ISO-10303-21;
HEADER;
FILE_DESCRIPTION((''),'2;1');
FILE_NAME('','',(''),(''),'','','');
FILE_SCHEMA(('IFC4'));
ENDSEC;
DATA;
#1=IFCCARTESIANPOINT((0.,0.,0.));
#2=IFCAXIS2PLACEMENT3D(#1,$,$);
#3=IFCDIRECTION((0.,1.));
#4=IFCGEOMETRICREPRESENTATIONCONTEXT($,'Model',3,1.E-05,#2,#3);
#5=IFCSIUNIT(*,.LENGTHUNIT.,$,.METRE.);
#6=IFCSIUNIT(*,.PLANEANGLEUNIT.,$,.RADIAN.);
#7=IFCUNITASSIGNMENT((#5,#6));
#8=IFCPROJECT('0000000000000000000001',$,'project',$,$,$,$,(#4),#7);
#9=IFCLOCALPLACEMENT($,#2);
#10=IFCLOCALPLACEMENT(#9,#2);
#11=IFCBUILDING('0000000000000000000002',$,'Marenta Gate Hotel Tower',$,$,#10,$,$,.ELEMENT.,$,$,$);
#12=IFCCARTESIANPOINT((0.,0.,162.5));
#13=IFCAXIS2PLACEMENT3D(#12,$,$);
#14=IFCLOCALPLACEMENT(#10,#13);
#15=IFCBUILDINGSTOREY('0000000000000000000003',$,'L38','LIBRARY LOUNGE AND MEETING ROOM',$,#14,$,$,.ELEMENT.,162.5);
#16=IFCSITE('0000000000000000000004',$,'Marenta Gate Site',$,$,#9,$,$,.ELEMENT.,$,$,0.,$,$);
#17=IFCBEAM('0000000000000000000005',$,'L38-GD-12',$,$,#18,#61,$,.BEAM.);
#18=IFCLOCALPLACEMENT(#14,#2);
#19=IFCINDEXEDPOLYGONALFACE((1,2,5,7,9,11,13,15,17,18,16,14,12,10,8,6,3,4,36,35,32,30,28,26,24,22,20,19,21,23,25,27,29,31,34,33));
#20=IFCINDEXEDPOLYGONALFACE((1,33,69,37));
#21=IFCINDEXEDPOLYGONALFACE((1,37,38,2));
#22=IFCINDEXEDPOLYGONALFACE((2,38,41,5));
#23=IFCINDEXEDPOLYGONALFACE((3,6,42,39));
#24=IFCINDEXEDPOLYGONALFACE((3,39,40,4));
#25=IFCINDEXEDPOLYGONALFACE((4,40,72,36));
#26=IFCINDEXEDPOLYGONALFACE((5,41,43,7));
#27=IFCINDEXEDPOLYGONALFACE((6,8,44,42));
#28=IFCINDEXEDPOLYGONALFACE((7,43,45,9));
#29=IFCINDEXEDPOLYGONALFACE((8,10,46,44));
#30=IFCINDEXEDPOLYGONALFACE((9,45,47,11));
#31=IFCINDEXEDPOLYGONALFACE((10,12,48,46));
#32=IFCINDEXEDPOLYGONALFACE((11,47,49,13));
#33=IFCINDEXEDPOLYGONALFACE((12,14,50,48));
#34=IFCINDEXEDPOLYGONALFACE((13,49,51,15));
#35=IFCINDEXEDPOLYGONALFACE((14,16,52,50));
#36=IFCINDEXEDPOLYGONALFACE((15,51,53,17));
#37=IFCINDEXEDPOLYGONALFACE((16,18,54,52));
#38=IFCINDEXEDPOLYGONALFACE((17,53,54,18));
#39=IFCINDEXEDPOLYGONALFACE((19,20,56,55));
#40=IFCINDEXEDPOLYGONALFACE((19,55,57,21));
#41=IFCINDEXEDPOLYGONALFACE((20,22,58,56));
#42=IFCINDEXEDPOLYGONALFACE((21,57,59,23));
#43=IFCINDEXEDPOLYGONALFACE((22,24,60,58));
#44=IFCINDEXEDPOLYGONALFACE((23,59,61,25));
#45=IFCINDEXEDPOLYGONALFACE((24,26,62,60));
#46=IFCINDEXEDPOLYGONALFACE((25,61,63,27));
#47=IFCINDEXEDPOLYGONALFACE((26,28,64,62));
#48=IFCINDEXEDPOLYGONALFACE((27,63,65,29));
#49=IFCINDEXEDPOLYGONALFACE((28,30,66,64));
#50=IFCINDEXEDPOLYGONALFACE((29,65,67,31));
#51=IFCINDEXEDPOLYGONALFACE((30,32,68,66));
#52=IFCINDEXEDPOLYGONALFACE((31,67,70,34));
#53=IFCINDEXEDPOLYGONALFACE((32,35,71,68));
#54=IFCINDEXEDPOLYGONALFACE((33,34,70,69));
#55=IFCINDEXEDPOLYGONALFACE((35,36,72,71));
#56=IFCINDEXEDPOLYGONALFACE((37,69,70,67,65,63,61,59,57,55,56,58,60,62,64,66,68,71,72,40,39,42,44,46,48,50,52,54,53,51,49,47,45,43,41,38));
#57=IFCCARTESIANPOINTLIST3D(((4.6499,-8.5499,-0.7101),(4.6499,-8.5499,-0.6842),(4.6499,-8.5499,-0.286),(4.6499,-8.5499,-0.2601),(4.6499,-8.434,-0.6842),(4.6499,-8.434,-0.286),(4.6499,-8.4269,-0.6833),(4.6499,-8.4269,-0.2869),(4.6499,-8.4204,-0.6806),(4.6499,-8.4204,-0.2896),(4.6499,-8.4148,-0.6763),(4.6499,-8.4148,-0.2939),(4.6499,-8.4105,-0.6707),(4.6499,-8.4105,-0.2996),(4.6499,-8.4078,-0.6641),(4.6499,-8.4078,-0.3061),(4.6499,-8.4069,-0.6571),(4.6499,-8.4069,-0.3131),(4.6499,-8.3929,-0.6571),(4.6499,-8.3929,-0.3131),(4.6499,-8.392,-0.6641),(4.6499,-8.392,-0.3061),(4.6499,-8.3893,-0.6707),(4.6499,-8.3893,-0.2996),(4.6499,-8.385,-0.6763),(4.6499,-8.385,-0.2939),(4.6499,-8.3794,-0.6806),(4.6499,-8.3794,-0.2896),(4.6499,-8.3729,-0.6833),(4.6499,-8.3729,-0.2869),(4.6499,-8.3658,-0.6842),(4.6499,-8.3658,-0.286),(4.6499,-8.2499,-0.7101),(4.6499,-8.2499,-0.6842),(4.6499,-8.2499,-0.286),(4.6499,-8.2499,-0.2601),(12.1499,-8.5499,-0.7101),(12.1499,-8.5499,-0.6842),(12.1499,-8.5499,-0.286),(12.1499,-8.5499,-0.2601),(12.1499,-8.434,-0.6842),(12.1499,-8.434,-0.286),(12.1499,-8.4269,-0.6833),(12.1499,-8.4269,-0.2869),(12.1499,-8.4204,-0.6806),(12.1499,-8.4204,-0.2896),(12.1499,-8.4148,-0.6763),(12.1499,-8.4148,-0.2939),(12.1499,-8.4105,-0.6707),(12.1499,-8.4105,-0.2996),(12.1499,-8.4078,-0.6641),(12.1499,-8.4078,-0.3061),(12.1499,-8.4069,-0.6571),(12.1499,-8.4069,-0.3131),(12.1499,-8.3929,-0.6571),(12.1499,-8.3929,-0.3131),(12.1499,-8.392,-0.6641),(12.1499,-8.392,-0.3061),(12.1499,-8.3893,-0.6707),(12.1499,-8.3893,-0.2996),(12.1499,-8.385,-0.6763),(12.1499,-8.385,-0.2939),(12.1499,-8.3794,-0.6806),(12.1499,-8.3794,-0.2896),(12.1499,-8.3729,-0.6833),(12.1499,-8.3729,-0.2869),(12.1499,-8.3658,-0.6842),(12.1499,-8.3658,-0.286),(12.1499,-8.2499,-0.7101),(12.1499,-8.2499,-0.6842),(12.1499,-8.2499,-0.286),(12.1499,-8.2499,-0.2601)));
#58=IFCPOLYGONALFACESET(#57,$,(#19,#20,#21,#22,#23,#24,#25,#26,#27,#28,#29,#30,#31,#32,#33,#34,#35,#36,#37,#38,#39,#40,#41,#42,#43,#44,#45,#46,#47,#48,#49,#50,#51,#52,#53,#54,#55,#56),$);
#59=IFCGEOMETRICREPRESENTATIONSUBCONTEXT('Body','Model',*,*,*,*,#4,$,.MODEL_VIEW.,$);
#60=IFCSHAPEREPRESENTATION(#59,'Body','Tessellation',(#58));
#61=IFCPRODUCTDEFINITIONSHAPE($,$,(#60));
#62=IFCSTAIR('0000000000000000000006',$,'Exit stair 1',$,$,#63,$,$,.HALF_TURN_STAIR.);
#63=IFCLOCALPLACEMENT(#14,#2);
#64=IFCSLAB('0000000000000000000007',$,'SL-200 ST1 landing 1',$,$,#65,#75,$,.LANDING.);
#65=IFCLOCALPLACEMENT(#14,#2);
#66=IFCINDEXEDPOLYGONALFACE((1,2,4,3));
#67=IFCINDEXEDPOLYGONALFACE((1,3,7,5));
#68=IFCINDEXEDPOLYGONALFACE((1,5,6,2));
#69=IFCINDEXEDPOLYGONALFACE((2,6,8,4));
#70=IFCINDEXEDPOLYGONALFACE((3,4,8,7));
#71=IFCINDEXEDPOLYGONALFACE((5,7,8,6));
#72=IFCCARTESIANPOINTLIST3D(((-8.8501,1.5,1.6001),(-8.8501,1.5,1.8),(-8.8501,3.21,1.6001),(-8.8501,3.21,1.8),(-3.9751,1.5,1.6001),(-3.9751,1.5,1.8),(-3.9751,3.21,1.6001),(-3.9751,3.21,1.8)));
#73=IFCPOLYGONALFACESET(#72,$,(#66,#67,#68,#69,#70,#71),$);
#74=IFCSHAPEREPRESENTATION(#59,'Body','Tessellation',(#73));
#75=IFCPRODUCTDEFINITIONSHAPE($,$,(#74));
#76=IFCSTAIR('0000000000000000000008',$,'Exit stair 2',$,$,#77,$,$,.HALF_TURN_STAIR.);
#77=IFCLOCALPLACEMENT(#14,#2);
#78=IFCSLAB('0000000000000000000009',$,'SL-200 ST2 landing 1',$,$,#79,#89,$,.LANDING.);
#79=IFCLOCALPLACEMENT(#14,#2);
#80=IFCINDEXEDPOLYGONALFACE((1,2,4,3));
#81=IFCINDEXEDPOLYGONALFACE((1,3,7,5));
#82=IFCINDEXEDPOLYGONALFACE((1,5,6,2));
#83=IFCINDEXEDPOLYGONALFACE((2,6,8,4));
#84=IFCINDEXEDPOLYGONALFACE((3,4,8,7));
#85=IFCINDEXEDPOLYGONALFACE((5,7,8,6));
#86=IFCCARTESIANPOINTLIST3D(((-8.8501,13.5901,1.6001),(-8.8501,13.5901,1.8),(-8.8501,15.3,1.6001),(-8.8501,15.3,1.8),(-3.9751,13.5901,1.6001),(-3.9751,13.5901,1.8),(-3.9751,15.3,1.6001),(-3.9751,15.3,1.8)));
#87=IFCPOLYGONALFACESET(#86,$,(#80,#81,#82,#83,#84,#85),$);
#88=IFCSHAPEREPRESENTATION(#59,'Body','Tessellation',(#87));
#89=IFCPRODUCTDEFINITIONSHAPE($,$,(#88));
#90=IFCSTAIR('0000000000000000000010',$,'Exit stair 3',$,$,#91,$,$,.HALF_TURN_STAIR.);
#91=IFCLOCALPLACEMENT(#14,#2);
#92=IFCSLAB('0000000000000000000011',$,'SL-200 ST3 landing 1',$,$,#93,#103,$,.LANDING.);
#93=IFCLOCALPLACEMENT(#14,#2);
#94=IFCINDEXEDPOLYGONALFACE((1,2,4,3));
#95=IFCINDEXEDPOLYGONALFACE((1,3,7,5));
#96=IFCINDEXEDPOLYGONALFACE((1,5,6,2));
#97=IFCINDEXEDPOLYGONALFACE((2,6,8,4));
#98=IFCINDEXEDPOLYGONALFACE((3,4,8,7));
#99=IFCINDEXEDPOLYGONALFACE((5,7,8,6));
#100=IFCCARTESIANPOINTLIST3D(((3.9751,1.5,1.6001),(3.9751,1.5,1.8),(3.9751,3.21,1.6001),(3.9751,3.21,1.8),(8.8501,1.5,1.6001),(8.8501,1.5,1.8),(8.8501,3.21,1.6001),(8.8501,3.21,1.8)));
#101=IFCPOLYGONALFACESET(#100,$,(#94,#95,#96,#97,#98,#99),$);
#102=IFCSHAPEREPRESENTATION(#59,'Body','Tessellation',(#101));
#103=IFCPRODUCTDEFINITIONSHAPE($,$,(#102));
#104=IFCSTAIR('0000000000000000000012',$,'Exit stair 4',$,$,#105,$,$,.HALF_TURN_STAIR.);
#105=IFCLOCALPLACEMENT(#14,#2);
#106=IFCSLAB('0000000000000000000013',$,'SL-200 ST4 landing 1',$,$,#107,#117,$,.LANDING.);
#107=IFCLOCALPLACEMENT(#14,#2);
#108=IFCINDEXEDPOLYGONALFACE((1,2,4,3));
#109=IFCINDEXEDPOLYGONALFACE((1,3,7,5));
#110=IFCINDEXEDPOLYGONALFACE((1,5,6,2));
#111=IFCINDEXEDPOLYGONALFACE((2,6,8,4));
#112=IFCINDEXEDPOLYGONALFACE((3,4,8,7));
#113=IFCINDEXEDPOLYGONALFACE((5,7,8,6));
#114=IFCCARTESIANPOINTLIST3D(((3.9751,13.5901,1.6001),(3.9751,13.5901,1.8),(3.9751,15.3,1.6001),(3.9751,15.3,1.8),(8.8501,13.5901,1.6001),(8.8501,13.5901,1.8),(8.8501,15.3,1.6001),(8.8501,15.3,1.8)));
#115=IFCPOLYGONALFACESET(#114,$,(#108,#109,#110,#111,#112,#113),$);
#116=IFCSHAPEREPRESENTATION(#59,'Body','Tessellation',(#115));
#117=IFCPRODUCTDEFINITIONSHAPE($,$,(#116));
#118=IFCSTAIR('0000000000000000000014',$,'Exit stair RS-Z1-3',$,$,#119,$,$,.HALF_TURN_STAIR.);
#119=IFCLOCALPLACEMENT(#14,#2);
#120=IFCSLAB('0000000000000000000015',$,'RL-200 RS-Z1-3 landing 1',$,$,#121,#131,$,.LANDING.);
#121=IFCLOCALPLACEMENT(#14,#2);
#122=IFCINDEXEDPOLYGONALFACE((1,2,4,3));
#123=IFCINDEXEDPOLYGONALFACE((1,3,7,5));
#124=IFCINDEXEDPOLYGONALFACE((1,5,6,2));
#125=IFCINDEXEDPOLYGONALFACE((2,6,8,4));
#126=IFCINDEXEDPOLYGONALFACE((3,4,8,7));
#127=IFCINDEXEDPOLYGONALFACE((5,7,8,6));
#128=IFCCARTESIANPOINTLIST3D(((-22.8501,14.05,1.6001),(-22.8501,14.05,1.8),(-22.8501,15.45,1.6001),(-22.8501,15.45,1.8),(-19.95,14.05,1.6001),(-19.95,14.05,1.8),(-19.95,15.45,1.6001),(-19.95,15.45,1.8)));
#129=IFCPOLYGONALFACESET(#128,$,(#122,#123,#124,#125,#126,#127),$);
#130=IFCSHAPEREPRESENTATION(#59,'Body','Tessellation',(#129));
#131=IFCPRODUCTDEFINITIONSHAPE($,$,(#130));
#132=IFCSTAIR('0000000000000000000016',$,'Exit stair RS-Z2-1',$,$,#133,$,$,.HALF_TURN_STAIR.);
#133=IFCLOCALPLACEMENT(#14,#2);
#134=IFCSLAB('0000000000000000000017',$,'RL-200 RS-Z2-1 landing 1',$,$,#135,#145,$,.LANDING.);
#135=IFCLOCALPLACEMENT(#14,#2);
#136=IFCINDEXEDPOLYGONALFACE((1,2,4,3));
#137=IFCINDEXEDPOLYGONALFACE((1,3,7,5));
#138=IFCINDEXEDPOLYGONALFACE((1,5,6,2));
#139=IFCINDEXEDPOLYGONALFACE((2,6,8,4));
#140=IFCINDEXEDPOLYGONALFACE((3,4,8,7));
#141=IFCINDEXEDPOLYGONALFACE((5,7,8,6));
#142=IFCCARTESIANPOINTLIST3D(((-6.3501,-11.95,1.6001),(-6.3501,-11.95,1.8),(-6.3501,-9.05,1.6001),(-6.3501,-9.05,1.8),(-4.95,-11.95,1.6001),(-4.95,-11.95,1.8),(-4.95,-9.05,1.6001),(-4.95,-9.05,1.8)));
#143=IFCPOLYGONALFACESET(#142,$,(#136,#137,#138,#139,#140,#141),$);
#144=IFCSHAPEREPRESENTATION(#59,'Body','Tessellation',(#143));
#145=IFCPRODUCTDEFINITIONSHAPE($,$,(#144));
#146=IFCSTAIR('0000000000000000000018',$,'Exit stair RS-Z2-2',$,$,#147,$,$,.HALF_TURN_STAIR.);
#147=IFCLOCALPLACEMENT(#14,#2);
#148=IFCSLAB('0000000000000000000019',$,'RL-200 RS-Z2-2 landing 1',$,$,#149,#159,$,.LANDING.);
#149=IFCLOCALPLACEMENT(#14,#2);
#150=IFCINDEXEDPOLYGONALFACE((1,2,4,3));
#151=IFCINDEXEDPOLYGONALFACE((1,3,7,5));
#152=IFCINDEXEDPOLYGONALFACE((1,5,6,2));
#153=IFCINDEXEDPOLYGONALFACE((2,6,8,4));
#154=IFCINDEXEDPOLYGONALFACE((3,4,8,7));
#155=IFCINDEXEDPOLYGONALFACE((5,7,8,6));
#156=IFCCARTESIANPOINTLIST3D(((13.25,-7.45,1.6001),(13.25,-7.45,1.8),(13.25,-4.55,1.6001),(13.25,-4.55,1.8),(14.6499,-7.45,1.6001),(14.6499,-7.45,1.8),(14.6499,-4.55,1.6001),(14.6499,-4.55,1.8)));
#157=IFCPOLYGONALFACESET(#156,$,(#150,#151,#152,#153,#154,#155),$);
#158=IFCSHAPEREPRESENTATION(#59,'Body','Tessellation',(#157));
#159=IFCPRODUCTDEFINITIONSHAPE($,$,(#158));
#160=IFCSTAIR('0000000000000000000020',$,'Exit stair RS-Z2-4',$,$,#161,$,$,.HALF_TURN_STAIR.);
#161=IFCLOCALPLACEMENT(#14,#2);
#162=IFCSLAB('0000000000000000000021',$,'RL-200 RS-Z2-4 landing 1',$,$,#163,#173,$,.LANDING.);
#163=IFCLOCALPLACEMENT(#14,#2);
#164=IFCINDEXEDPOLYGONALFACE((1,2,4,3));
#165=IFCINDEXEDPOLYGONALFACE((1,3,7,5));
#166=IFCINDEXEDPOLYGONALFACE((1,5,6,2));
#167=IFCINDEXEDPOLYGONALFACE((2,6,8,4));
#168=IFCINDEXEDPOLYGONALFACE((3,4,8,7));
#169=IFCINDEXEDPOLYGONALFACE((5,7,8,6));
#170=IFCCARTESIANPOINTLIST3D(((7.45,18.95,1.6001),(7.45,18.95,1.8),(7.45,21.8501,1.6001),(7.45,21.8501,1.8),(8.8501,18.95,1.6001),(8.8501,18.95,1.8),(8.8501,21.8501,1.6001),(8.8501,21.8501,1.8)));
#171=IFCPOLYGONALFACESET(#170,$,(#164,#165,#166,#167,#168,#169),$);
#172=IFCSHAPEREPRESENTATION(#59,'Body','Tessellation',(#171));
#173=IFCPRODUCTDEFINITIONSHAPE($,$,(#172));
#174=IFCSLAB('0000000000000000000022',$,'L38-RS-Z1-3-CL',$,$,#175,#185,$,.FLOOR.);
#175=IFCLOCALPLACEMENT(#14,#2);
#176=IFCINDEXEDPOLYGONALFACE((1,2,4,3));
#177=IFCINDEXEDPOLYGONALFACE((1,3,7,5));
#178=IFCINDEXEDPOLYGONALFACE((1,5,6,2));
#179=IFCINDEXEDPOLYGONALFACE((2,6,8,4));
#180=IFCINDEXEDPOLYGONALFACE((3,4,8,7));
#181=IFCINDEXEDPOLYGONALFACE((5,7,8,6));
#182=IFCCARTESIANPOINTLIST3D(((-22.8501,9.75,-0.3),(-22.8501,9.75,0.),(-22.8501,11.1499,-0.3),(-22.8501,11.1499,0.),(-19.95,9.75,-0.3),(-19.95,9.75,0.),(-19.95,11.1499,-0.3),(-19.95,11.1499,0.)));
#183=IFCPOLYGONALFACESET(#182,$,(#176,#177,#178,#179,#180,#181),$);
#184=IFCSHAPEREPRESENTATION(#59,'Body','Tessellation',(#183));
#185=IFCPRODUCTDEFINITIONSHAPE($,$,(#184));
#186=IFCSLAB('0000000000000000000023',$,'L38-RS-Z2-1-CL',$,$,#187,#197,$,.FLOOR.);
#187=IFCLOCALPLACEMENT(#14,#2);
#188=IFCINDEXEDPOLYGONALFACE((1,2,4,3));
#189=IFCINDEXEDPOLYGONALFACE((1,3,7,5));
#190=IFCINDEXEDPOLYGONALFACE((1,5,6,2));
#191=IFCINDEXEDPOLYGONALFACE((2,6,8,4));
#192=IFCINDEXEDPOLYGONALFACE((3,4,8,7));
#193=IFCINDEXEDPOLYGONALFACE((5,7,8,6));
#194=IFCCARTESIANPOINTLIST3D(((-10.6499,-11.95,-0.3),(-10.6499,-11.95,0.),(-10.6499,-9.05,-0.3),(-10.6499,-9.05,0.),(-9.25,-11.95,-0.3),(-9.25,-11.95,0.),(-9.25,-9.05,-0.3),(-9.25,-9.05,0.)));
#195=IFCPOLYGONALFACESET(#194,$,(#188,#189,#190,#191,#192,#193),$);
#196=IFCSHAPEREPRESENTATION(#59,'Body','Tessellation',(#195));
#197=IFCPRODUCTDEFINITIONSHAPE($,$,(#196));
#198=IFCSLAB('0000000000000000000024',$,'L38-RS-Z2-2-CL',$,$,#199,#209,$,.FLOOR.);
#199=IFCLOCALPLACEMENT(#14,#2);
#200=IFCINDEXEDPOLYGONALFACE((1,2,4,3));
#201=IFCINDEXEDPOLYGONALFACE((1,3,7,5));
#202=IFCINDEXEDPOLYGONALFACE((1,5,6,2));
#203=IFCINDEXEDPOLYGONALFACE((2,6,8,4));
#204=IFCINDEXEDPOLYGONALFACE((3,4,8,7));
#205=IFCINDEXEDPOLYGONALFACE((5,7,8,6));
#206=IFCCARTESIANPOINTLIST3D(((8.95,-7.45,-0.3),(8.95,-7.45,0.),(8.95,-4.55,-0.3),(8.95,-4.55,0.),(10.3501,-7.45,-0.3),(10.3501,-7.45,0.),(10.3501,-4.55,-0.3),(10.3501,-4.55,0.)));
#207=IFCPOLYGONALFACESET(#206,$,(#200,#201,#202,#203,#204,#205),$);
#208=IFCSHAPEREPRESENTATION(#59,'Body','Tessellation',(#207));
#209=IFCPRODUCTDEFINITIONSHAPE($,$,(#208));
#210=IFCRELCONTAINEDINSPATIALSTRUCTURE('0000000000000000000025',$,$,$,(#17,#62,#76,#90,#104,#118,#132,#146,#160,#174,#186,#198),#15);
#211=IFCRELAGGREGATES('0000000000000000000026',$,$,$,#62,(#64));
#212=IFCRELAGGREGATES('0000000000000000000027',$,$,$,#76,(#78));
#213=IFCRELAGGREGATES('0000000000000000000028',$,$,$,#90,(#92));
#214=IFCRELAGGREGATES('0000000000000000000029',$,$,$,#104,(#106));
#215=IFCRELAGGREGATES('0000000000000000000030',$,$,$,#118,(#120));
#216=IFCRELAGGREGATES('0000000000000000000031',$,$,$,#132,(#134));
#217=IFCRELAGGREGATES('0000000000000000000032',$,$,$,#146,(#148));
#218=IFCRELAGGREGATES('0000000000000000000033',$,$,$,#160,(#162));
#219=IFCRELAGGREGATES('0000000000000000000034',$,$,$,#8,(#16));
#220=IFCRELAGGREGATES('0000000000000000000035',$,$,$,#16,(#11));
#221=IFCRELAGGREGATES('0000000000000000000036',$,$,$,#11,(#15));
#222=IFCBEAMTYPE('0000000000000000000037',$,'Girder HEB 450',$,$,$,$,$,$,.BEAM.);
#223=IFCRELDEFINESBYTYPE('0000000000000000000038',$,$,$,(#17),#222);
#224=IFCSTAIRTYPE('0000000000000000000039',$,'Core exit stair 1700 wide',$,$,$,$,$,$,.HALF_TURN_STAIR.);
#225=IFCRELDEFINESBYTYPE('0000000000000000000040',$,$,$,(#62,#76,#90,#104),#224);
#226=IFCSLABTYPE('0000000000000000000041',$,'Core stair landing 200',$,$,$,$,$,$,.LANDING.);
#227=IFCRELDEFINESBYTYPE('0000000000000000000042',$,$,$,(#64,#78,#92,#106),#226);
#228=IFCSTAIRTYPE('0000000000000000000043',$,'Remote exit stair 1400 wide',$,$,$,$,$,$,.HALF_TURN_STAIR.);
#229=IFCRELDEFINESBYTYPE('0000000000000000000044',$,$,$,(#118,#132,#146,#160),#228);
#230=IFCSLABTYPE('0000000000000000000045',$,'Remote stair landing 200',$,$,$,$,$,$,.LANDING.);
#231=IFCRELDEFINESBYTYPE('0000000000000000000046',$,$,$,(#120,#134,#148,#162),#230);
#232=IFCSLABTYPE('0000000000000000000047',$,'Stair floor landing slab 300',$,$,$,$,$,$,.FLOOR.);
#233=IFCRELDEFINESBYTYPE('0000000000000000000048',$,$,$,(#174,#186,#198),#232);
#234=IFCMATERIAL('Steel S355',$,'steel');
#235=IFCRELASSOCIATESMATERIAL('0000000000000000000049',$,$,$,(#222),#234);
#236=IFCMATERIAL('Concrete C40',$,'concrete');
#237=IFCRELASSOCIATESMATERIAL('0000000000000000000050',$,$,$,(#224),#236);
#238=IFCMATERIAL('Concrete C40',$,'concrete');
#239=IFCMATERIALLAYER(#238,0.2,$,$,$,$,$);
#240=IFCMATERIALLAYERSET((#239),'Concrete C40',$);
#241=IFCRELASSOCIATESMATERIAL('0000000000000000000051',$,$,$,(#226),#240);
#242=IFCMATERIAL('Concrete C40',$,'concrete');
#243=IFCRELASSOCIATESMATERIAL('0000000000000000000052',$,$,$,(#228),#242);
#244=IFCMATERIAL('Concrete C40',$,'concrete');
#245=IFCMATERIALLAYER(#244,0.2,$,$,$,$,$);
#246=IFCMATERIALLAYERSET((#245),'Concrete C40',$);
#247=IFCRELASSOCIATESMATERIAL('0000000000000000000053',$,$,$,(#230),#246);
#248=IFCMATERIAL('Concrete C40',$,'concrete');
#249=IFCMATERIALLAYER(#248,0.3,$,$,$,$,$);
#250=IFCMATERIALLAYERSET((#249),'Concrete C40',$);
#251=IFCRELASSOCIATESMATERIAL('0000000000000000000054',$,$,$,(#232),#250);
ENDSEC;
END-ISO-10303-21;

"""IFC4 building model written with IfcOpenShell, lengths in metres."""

from ifc_helpers import new_model, si_unit, direction, frame, origin, origin_2d, place, context, subcontext, project, spatial, polyline, i_section, outline, extrude, material, layer, layer_set, material_profile, profile_set, type_object, element, aggregate, save


model = new_model("IFC4")

# Units and contexts
model_context = context("Model", 3, precision=1e-05, world=origin(), true_north=direction((0.0, 1.0)))
body_context = subcontext(model_context, "Body", "Model", "MODEL_VIEW")
ifc_project = project(units=[si_unit("LENGTHUNIT", "METRE"), si_unit("PLANEANGLEUNIT", "RADIAN")], contexts=[model_context])

# Site, building, storey
site_placement = place(None, origin())
site = spatial("IfcSite", under=ifc_project, at=site_placement, Name="Marenta Gate Site", CompositionType="ELEMENT", RefElevation=0.0)
building_placement = place(site_placement, origin())
building = spatial("IfcBuilding", under=site, at=building_placement, Name="Marenta Gate Hotel Tower", CompositionType="ELEMENT")
storey_placement = place(building_placement, frame((0.0, 0.0, 162.5)))
storey = spatial("IfcBuildingStorey", under=building, at=storey_placement, Name="L38", Description="LIBRARY LOUNGE AND MEETING ROOM", CompositionType="ELEMENT", Elevation=162.5)

# Beam
ifc_material_1 = material(Name="Steel S355", Category="steel")
ifc_material_profile = material_profile(ifc_material_1, i_section(OverallWidth=0.3, OverallDepth=0.45, WebThickness=0.0139, FlangeThickness=0.0259, FilletRadius=0.0271, at=origin_2d()), Name="HEB 450")
ifc_profile_set = profile_set([ifc_material_profile], Name="Steel S355")
beam_type = type_object("IfcBeamType", Name="Girder HEB 450", PredefinedType="BEAM", material=ifc_profile_set)
beam_placement = place(storey_placement, frame((4.6499, -8.3999, -0.4851), z_axis=(1.0, 0.0, 0.0), x_axis=(0.0, 1.0, 0.0)))
element("IfcBeam", 1, at=beam_placement, inside=storey, type_object=beam_type, Name="L38-GD-12", PredefinedType="BEAM", context=body_context, shape_type="SweptSolid", body=[
    extrude(i_section(OverallWidth=0.3, OverallDepth=0.45, WebThickness=0.0139, FlangeThickness=0.0259, FilletRadius=0.0271, at=origin_2d()), origin(), (0.0, 0.0, 1.0), 7.5),
])

# Stairs, slabs
ifc_material_2 = material(Name="Concrete C40", Category="concrete")
stair_type_1 = type_object("IfcStairType", Name="Core exit stair 1700 wide", PredefinedType="HALF_TURN_STAIR", material=ifc_material_2)
stair_1_placement = place(storey_placement, origin())
stair_1 = element("IfcStair", 2, at=stair_1_placement, inside=storey, type_object=stair_type_1, Name="Exit stair 1", PredefinedType="HALF_TURN_STAIR")
ifc_material_3 = material(Name="Concrete C40", Category="concrete")
ifc_layer_1 = layer(ifc_material_3, 0.2)
ifc_layer_set_1 = layer_set([ifc_layer_1], Name="Concrete C40")
slab_type_1 = type_object("IfcSlabType", Name="Core stair landing 200", PredefinedType="LANDING", material=ifc_layer_set_1)
slab_1_placement = place(storey_placement, frame((0.0, 0.0, 1.6001)))
slab_1 = element("IfcSlab", 3, at=slab_1_placement, type_object=slab_type_1, Name="SL-200 ST1 landing 1", PredefinedType="LANDING", context=body_context, shape_type="SweptSolid", body=[
    extrude(outline(polyline([(-8.8501, 1.5), (-3.9751, 1.5), (-3.9751, 3.21), (-8.8501, 3.21), (-8.8501, 1.5)])), origin(), (0.0, 0.0, 1.0), 0.2),
])
aggregate(stair_1, [slab_1])
stair_2_placement = place(storey_placement, origin())
stair_2 = element("IfcStair", 4, at=stair_2_placement, inside=storey, type_object=stair_type_1, Name="Exit stair 2", PredefinedType="HALF_TURN_STAIR")
slab_2_placement = place(storey_placement, frame((0.0, 0.0, 1.6001)))
slab_2 = element("IfcSlab", 5, at=slab_2_placement, type_object=slab_type_1, Name="SL-200 ST2 landing 1", PredefinedType="LANDING", context=body_context, shape_type="SweptSolid", body=[
    extrude(outline(polyline([(-8.8501, 13.5901), (-3.9751, 13.5901), (-3.9751, 15.3), (-8.8501, 15.3), (-8.8501, 13.5901)])), origin(), (0.0, 0.0, 1.0), 0.2),
])
aggregate(stair_2, [slab_2])
stair_3_placement = place(storey_placement, origin())
stair_3 = element("IfcStair", 6, at=stair_3_placement, inside=storey, type_object=stair_type_1, Name="Exit stair 3", PredefinedType="HALF_TURN_STAIR")
slab_3_placement = place(storey_placement, frame((0.0, 0.0, 1.6001)))
slab_3 = element("IfcSlab", 7, at=slab_3_placement, type_object=slab_type_1, Name="SL-200 ST3 landing 1", PredefinedType="LANDING", context=body_context, shape_type="SweptSolid", body=[
    extrude(outline(polyline([(3.9751, 1.5), (8.8501, 1.5), (8.8501, 3.21), (3.9751, 3.21), (3.9751, 1.5)])), origin(), (0.0, 0.0, 1.0), 0.2),
])
aggregate(stair_3, [slab_3])
stair_4_placement = place(storey_placement, origin())
stair_4 = element("IfcStair", 8, at=stair_4_placement, inside=storey, type_object=stair_type_1, Name="Exit stair 4", PredefinedType="HALF_TURN_STAIR")
slab_4_placement = place(storey_placement, frame((0.0, 0.0, 1.6001)))
slab_4 = element("IfcSlab", 9, at=slab_4_placement, type_object=slab_type_1, Name="SL-200 ST4 landing 1", PredefinedType="LANDING", context=body_context, shape_type="SweptSolid", body=[
    extrude(outline(polyline([(3.9751, 13.5901), (8.8501, 13.5901), (8.8501, 15.3), (3.9751, 15.3), (3.9751, 13.5901)])), origin(), (0.0, 0.0, 1.0), 0.2),
])
aggregate(stair_4, [slab_4])
ifc_material_4 = material(Name="Concrete C40", Category="concrete")
stair_type_2 = type_object("IfcStairType", Name="Remote exit stair 1400 wide", PredefinedType="HALF_TURN_STAIR", material=ifc_material_4)
stair_5_placement = place(storey_placement, origin())
stair_5 = element("IfcStair", 10, at=stair_5_placement, inside=storey, type_object=stair_type_2, Name="Exit stair RS-Z1-3", PredefinedType="HALF_TURN_STAIR")
ifc_material_5 = material(Name="Concrete C40", Category="concrete")
ifc_layer_2 = layer(ifc_material_5, 0.2)
ifc_layer_set_2 = layer_set([ifc_layer_2], Name="Concrete C40")
slab_type_2 = type_object("IfcSlabType", Name="Remote stair landing 200", PredefinedType="LANDING", material=ifc_layer_set_2)
slab_5_placement = place(storey_placement, frame((0.0, 0.0, 1.6001)))
slab_5 = element("IfcSlab", 11, at=slab_5_placement, type_object=slab_type_2, Name="RL-200 RS-Z1-3 landing 1", PredefinedType="LANDING", context=body_context, shape_type="SweptSolid", body=[
    extrude(outline(polyline([(-22.8501, 14.05), (-19.95, 14.05), (-19.95, 15.45), (-22.8501, 15.45), (-22.8501, 14.05)])), origin(), (0.0, 0.0, 1.0), 0.2),
])
aggregate(stair_5, [slab_5])
stair_6_placement = place(storey_placement, origin())
stair_6 = element("IfcStair", 12, at=stair_6_placement, inside=storey, type_object=stair_type_2, Name="Exit stair RS-Z2-1", PredefinedType="HALF_TURN_STAIR")
slab_6_placement = place(storey_placement, frame((0.0, 0.0, 1.6001)))
slab_6 = element("IfcSlab", 13, at=slab_6_placement, type_object=slab_type_2, Name="RL-200 RS-Z2-1 landing 1", PredefinedType="LANDING", context=body_context, shape_type="SweptSolid", body=[
    extrude(outline(polyline([(-6.3501, -11.95), (-4.95, -11.95), (-4.95, -9.05), (-6.3501, -9.05), (-6.3501, -11.95)])), origin(), (0.0, 0.0, 1.0), 0.2),
])
aggregate(stair_6, [slab_6])
stair_7_placement = place(storey_placement, origin())
stair_7 = element("IfcStair", 14, at=stair_7_placement, inside=storey, type_object=stair_type_2, Name="Exit stair RS-Z2-2", PredefinedType="HALF_TURN_STAIR")
slab_7_placement = place(storey_placement, frame((0.0, 0.0, 1.6001)))
slab_7 = element("IfcSlab", 15, at=slab_7_placement, type_object=slab_type_2, Name="RL-200 RS-Z2-2 landing 1", PredefinedType="LANDING", context=body_context, shape_type="SweptSolid", body=[
    extrude(outline(polyline([(13.25, -7.45), (14.6499, -7.45), (14.6499, -4.55), (13.25, -4.55), (13.25, -7.45)])), origin(), (0.0, 0.0, 1.0), 0.2),
])
aggregate(stair_7, [slab_7])
stair_8_placement = place(storey_placement, origin())
stair_8 = element("IfcStair", 16, at=stair_8_placement, inside=storey, type_object=stair_type_2, Name="Exit stair RS-Z2-4", PredefinedType="HALF_TURN_STAIR")
slab_8_placement = place(storey_placement, frame((0.0, 0.0, 1.6001)))
slab_8 = element("IfcSlab", 17, at=slab_8_placement, type_object=slab_type_2, Name="RL-200 RS-Z2-4 landing 1", PredefinedType="LANDING", context=body_context, shape_type="SweptSolid", body=[
    extrude(outline(polyline([(7.45, 18.95), (8.8501, 18.95), (8.8501, 21.8501), (7.45, 21.8501), (7.45, 18.95)])), origin(), (0.0, 0.0, 1.0), 0.2),
])
aggregate(stair_8, [slab_8])

# Slabs
ifc_material_6 = material(Name="Concrete C40", Category="concrete")
ifc_layer_3 = layer(ifc_material_6, 0.3)
ifc_layer_set_3 = layer_set([ifc_layer_3], Name="Concrete C40")
slab_type_3 = type_object("IfcSlabType", Name="Stair floor landing slab 300", PredefinedType="FLOOR", material=ifc_layer_set_3)
slab_9_placement = place(storey_placement, frame((0.0, 0.0, -0.3)))
element("IfcSlab", 18, at=slab_9_placement, inside=storey, type_object=slab_type_3, Name="L38-RS-Z1-3-CL", PredefinedType="FLOOR", context=body_context, shape_type="SweptSolid", body=[
    extrude(outline(polyline([(-19.95, 9.75), (-19.95, 11.1499), (-22.8501, 11.1499), (-22.8501, 9.75), (-19.95, 9.75)])), origin(), (0.0, 0.0, 1.0), 0.3),
])
slab_10_placement = place(storey_placement, frame((0.0, 0.0, -0.3)))
element("IfcSlab", 19, at=slab_10_placement, inside=storey, type_object=slab_type_3, Name="L38-RS-Z2-1-CL", PredefinedType="FLOOR", context=body_context, shape_type="SweptSolid", body=[
    extrude(outline(polyline([(-9.25, -11.95), (-9.25, -9.05), (-10.6499, -9.05), (-10.6499, -11.95), (-9.25, -11.95)])), origin(), (0.0, 0.0, 1.0), 0.3),
])
slab_11_placement = place(storey_placement, frame((0.0, 0.0, -0.3)))
element("IfcSlab", 20, at=slab_11_placement, inside=storey, type_object=slab_type_3, Name="L38-RS-Z2-2-CL", PredefinedType="FLOOR", context=body_context, shape_type="SweptSolid", body=[
    extrude(outline(polyline([(10.3501, -7.45), (10.3501, -4.55), (8.95, -4.55), (8.95, -7.45), (10.3501, -7.45)])), origin(), (0.0, 0.0, 1.0), 0.3),
])

save(model, "model.ifc")
